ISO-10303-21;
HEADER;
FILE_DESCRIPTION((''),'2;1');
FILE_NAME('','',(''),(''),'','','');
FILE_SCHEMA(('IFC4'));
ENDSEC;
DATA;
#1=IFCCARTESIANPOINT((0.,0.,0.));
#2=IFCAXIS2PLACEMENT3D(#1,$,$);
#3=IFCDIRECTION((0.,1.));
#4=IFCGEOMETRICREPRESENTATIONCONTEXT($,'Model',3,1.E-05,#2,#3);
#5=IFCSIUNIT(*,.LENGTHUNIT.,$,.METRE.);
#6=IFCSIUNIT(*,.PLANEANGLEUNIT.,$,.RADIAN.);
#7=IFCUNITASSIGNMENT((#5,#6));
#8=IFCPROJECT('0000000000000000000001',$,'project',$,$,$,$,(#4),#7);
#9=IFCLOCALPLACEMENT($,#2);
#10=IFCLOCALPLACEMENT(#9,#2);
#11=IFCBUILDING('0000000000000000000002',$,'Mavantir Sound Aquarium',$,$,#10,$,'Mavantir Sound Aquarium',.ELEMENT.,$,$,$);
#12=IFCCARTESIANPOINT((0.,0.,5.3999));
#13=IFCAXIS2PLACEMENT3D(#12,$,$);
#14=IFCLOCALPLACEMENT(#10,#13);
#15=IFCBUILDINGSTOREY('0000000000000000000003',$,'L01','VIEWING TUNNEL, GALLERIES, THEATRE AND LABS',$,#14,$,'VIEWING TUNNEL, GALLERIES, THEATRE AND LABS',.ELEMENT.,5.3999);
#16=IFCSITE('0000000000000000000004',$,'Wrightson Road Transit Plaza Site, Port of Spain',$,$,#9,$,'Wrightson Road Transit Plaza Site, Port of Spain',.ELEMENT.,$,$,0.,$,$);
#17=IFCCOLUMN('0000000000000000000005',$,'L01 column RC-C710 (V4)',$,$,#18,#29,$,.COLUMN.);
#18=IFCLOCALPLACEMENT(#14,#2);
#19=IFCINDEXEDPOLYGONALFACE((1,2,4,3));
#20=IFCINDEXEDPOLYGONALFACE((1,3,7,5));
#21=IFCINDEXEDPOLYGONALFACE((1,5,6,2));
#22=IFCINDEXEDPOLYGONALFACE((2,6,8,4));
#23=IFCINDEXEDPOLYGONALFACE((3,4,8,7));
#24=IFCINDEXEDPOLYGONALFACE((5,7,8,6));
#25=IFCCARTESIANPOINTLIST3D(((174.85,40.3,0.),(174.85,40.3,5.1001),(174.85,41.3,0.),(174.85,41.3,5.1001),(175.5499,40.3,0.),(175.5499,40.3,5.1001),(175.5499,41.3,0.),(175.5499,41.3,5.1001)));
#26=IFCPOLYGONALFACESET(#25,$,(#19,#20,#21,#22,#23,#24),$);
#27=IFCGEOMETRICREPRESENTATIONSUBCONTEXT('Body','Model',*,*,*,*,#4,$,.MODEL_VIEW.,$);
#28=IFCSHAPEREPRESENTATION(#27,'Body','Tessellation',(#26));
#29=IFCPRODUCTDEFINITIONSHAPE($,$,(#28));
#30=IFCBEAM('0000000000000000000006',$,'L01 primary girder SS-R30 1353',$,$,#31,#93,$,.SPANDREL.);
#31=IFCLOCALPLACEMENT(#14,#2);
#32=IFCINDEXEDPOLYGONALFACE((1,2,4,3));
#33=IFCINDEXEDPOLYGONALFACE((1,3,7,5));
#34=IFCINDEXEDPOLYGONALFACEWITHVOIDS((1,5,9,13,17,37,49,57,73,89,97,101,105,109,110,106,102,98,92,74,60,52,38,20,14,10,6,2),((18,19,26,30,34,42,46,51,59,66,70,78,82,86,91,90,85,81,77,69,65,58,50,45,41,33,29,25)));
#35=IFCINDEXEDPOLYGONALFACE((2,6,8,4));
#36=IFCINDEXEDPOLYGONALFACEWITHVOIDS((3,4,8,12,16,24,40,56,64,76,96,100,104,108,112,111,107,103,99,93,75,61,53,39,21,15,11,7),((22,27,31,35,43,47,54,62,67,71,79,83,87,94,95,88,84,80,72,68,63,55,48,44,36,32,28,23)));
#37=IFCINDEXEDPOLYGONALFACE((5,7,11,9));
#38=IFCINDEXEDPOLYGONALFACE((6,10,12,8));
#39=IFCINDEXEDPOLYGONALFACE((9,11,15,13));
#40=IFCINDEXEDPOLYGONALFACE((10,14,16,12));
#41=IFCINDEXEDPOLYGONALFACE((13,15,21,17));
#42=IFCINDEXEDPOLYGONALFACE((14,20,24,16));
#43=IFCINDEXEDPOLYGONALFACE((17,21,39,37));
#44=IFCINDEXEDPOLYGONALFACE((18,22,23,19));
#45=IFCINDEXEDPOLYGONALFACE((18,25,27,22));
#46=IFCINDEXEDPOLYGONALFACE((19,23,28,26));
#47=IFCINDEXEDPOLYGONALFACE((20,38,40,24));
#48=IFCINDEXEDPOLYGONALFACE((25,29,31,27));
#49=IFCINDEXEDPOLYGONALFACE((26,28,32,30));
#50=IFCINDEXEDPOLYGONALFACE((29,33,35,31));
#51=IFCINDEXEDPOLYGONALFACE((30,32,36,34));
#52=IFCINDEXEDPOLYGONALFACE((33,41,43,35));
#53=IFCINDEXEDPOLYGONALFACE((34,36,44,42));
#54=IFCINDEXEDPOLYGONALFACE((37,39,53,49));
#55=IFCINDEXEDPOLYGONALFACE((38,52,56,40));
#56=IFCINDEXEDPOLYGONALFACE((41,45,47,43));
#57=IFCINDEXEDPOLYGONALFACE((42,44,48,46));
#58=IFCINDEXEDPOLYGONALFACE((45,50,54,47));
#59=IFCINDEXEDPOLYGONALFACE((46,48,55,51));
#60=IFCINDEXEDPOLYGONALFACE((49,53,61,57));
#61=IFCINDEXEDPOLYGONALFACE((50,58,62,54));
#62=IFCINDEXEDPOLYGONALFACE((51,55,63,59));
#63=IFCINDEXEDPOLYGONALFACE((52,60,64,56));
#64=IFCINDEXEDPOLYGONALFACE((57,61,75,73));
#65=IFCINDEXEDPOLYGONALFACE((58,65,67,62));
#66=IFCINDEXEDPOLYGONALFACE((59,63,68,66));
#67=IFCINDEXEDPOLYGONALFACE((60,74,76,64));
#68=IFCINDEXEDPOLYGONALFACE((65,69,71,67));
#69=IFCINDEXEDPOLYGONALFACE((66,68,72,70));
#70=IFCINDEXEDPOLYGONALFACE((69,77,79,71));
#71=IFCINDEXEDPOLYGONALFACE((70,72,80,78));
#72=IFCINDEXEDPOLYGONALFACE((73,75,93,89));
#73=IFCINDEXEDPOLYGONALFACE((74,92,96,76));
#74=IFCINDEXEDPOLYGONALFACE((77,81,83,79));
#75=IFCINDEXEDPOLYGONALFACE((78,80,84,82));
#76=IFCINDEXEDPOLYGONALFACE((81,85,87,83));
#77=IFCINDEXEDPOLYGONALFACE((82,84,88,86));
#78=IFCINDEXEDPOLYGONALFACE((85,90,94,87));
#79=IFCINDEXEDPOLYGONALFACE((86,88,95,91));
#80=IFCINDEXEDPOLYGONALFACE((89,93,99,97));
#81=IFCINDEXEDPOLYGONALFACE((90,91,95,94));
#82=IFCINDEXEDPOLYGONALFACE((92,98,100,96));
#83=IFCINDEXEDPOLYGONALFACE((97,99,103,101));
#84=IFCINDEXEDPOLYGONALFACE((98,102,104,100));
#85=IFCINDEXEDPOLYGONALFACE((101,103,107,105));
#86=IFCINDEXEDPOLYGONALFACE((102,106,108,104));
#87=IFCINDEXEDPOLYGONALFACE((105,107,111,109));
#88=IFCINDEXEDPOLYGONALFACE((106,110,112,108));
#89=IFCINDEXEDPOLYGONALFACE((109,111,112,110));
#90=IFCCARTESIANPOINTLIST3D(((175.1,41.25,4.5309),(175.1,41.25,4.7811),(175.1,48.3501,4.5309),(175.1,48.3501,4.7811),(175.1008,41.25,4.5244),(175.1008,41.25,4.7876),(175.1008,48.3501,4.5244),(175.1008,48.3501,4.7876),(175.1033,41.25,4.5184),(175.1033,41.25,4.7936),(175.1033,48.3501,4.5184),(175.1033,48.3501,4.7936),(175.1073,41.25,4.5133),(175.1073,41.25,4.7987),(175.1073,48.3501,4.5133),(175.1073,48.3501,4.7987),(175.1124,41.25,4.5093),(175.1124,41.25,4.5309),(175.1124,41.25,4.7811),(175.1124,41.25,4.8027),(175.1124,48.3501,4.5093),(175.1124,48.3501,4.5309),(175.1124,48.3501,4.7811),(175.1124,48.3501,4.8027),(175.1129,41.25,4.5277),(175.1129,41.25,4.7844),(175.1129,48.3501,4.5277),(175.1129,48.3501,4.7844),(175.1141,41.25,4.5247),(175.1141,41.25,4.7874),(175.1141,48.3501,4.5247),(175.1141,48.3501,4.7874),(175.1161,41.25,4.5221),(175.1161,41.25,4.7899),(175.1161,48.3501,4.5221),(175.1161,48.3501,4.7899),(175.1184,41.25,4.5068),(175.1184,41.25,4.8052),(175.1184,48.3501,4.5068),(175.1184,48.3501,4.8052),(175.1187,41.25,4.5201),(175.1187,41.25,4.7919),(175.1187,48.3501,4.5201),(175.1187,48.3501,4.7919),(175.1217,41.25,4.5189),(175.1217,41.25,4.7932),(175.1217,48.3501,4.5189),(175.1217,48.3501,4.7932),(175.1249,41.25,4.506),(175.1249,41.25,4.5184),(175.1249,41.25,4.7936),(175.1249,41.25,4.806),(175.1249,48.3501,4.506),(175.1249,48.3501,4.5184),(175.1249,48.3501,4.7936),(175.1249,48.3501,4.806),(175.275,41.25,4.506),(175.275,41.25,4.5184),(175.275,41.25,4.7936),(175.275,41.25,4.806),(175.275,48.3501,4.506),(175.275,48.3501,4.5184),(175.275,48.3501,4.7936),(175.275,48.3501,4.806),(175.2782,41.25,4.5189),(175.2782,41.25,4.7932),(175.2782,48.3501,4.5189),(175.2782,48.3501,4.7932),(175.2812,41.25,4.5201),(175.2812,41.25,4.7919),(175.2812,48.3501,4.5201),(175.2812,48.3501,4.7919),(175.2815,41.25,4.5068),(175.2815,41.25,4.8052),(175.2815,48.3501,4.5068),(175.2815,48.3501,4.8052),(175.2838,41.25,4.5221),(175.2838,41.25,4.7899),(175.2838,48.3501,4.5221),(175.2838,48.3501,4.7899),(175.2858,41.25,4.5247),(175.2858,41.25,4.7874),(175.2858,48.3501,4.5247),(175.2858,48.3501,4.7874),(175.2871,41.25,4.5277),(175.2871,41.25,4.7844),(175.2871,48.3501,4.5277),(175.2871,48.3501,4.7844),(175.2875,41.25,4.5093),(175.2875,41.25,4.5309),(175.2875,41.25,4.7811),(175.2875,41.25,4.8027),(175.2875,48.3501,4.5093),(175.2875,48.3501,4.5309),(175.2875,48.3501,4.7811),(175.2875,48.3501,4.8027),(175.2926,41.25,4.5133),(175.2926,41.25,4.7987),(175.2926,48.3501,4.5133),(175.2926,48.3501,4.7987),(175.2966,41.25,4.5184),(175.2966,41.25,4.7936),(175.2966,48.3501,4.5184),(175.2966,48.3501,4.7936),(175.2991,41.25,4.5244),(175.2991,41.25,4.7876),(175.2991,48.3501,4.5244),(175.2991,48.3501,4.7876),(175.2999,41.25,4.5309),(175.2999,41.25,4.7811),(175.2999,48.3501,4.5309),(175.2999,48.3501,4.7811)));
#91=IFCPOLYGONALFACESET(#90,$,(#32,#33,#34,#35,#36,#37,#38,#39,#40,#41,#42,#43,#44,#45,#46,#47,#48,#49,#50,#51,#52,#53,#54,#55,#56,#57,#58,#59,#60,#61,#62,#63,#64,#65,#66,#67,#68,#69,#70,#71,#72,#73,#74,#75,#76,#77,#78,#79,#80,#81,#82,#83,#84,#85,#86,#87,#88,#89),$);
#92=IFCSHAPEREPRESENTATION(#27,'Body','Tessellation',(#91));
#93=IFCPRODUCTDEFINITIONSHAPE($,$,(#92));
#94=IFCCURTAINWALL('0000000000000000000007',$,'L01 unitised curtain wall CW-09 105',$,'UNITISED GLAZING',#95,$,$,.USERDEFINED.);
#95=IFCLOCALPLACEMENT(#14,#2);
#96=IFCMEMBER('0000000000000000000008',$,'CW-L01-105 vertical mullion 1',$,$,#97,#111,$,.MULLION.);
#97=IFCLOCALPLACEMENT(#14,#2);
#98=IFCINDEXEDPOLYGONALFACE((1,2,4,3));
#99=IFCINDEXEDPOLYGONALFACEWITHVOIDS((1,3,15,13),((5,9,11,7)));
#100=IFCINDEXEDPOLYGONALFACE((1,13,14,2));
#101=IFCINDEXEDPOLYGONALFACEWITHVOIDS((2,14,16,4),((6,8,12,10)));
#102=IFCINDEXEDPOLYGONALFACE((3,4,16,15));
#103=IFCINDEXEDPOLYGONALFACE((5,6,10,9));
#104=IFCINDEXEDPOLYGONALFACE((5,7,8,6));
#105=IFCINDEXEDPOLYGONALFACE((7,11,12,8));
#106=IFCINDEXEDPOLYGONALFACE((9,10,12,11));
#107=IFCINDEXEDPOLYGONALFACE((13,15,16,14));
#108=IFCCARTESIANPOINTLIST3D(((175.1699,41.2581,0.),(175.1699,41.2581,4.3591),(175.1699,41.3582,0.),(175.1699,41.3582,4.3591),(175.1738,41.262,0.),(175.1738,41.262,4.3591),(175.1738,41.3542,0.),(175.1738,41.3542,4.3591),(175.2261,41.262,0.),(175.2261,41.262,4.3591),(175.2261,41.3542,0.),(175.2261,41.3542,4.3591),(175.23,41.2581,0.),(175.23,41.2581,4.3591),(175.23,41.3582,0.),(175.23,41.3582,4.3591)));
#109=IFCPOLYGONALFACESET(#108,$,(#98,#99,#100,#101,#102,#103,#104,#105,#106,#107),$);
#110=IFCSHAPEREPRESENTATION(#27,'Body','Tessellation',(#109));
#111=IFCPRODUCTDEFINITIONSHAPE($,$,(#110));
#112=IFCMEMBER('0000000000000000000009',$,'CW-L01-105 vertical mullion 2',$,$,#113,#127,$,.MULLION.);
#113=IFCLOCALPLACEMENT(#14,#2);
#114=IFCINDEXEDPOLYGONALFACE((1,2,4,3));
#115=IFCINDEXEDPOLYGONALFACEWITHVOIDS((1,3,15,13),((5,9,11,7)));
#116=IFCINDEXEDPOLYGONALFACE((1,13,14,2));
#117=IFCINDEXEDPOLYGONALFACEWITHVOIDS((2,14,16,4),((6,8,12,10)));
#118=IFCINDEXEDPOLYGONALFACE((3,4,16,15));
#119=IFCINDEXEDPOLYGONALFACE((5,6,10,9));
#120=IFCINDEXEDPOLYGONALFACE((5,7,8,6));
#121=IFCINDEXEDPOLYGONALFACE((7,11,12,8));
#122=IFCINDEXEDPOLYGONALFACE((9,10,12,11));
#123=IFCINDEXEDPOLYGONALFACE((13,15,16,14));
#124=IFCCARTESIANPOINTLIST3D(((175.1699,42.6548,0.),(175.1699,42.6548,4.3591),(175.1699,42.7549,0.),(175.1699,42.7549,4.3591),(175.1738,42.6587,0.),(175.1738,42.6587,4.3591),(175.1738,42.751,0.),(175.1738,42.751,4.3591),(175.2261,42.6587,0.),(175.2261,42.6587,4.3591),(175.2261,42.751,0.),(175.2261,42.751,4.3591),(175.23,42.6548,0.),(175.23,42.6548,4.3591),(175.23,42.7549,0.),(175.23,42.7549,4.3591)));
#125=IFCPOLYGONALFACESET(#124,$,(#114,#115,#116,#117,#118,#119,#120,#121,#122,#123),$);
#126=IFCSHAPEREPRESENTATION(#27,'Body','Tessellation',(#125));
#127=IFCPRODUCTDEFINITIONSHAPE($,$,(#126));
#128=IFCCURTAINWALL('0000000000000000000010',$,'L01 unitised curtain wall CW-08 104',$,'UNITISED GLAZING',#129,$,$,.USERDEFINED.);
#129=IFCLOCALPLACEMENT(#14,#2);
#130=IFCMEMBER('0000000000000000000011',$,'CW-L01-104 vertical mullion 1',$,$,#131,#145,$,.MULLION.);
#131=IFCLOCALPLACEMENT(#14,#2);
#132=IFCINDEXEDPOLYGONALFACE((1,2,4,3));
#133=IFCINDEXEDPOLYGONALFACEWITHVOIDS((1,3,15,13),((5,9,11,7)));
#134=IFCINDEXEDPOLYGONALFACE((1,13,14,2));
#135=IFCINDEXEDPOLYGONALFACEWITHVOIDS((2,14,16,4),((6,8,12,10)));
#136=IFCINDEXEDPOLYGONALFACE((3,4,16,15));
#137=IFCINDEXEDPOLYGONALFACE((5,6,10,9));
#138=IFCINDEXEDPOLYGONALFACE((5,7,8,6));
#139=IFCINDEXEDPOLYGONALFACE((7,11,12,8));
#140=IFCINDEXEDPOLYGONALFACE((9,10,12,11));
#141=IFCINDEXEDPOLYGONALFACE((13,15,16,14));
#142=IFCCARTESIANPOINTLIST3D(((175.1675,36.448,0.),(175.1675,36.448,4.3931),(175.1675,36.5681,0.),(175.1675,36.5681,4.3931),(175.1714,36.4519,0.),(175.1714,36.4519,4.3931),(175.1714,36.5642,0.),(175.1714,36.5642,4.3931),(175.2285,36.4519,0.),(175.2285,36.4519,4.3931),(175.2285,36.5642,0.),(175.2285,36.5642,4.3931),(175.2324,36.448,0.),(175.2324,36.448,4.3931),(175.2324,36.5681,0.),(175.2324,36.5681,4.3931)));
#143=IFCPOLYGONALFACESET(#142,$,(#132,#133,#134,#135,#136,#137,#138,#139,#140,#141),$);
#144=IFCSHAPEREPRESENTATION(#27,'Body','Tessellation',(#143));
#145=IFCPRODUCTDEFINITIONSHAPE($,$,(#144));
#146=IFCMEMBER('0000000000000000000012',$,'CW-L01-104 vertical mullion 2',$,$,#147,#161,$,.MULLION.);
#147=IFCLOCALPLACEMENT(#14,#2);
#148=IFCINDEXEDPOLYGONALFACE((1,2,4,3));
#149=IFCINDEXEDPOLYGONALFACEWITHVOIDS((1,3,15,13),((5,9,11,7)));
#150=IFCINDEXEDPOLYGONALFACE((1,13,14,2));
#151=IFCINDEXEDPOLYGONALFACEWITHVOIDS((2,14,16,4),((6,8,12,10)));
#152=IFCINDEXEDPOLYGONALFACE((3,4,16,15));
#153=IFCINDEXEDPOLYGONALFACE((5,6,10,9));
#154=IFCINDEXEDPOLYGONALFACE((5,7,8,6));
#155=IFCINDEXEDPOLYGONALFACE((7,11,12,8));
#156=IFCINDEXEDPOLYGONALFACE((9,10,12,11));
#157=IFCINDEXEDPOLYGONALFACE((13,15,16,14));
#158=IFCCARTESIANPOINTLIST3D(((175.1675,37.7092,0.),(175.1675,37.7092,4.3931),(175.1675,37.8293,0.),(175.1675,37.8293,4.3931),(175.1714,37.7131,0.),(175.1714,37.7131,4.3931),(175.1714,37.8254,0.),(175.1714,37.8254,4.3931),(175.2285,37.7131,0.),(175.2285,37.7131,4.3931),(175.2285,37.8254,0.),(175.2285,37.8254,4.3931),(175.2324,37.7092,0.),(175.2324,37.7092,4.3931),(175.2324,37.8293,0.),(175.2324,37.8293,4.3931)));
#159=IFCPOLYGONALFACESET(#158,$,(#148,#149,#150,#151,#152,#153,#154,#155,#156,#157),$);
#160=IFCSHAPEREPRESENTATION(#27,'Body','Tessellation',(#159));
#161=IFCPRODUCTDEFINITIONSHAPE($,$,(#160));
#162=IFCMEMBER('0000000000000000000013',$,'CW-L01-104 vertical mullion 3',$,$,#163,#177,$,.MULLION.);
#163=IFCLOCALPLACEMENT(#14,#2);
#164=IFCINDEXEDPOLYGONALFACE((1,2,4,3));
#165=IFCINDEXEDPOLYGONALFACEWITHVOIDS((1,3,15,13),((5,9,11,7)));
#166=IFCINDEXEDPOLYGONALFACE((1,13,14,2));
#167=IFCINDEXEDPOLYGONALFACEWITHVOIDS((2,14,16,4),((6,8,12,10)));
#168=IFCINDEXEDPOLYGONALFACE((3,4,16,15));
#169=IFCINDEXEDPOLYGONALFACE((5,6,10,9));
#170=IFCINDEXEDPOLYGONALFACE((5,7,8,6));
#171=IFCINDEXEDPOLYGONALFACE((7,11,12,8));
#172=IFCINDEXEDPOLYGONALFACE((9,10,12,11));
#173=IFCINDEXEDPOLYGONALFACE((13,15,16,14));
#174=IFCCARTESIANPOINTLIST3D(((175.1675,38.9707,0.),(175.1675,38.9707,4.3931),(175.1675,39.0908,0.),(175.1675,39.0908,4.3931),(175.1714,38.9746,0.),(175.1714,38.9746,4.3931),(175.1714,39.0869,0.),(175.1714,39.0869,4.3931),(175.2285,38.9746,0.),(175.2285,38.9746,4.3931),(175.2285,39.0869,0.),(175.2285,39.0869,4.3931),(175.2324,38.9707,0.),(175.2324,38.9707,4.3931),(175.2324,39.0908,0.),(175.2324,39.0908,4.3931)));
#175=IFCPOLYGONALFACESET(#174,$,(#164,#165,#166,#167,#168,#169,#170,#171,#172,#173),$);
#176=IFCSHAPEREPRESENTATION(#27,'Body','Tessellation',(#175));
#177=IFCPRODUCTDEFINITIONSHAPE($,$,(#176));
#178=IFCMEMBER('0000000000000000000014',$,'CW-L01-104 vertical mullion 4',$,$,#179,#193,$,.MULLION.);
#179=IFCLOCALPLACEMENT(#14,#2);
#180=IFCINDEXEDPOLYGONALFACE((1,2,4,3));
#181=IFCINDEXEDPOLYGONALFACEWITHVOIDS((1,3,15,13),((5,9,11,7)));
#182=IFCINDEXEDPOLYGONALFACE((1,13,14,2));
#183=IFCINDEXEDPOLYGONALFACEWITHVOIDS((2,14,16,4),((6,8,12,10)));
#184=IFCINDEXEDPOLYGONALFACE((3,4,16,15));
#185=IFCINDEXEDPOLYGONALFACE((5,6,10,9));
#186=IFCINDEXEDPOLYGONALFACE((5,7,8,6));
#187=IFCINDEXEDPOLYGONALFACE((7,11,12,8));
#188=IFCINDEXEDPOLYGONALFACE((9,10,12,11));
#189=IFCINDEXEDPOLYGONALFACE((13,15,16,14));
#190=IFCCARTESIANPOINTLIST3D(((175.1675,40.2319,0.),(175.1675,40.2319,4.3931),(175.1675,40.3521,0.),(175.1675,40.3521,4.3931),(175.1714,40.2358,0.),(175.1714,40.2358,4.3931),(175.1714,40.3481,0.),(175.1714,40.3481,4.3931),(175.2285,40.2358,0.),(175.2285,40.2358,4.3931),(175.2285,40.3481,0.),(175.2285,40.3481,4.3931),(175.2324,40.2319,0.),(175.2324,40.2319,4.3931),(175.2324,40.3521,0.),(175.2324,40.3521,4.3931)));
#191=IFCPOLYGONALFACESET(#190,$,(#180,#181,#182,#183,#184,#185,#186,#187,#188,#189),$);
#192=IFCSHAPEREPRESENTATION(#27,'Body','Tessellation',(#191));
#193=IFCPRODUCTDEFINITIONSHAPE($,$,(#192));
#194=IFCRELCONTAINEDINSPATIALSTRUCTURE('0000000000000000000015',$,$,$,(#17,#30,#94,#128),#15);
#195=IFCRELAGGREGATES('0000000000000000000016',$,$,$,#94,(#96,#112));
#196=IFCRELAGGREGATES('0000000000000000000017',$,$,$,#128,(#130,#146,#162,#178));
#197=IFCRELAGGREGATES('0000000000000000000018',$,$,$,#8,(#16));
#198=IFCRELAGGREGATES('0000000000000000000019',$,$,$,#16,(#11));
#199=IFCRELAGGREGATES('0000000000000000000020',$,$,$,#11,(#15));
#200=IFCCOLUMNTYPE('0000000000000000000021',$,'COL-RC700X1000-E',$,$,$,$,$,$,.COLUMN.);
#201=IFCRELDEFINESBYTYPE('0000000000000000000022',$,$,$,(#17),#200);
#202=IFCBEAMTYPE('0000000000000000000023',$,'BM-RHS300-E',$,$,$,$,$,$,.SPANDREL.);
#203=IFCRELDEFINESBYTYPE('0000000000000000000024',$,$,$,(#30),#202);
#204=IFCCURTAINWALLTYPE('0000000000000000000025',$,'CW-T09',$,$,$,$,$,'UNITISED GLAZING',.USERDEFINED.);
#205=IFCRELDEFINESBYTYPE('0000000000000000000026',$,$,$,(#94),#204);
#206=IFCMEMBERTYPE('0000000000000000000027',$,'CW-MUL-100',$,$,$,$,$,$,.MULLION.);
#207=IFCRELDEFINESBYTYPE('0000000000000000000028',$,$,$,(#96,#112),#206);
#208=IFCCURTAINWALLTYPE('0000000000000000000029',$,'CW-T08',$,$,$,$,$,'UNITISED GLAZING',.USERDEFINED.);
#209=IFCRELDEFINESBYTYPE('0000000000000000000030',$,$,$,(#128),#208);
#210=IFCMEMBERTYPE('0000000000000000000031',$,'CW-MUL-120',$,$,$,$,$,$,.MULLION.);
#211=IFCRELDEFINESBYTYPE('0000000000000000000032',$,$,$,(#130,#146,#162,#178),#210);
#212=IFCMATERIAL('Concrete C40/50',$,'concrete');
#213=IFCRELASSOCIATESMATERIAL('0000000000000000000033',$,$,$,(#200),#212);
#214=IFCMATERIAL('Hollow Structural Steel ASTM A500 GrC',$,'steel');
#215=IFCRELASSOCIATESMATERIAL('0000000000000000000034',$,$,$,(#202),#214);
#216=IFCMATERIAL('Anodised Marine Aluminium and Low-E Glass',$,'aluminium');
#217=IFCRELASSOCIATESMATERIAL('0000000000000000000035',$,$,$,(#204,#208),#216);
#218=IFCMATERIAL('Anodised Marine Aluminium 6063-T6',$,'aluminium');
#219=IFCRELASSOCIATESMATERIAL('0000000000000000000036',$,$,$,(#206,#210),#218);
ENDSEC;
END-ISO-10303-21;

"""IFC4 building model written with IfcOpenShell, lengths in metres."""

from ifc_helpers import new_model, si_unit, direction, frame, origin, origin_2d, place, context, subcontext, project, spatial, rectangle, hollow_rectangle, extrude, material, material_profile, profile_set, type_object, element, aggregate, save


model = new_model("IFC4")

# Units and contexts
model_context = context("Model", 3, precision=1e-05, world=origin(), true_north=direction((0.0, 1.0)))
body_context = subcontext(model_context, "Body", "Model", "MODEL_VIEW")
ifc_project = project(units=[si_unit("LENGTHUNIT", "METRE"), si_unit("PLANEANGLEUNIT", "RADIAN")], contexts=[model_context])

# Site, building, storey
site_placement = place(None, origin())
site = spatial("IfcSite", under=ifc_project, at=site_placement, Name="Wrightson Road Transit Plaza Site, Port of Spain", LongName="Wrightson Road Transit Plaza Site, Port of Spain", CompositionType="ELEMENT", RefElevation=0.0)
building_placement = place(site_placement, origin())
building = spatial("IfcBuilding", under=site, at=building_placement, Name="Mavantir Sound Aquarium", LongName="Mavantir Sound Aquarium", CompositionType="ELEMENT")
storey_placement = place(building_placement, frame((0.0, 0.0, 5.3999)))
storey = spatial("IfcBuildingStorey", under=building, at=storey_placement, Name="L01", Description="VIEWING TUNNEL, GALLERIES, THEATRE AND LABS", LongName="VIEWING TUNNEL, GALLERIES, THEATRE AND LABS", CompositionType="ELEMENT", Elevation=5.3999)

# Column
ifc_material_1 = material(Name="Concrete C40/50", Category="concrete")
ifc_material_profile_1 = material_profile(ifc_material_1, rectangle(XDim=0.7, YDim=1.0, at=origin_2d()), Name="RC 700X1000")
ifc_profile_set_1 = profile_set([ifc_material_profile_1], Name="Concrete C40/50")
column_type = type_object("IfcColumnType", Name="COL-RC700X1000-E", PredefinedType="COLUMN", material=ifc_profile_set_1)
column_placement = place(storey_placement, frame((175.2, 40.8, 0.0), z_axis=(0.0, 0.0, 1.0), x_axis=(1.0, 0.0, 0.0)))
element("IfcColumn", 1, at=column_placement, inside=storey, type_object=column_type, Name="L01 column RC-C710 (V4)", PredefinedType="COLUMN", context=body_context, shape_type="SweptSolid", body=[
    extrude(rectangle(XDim=0.7, YDim=1.0, at=origin_2d()), origin(), (0.0, 0.0, 1.0), 5.1001),
])

# Beam
ifc_material_2 = material(Name="Hollow Structural Steel ASTM A500 GrC", Category="steel")
ifc_material_profile_2 = material_profile(ifc_material_2, hollow_rectangle(XDim=0.2, YDim=0.3, WallThickness=0.0125, InnerFilletRadius=0.0125, OuterFilletRadius=0.0249, at=origin_2d()), Name="RHS 300X200X12.5")
ifc_profile_set_2 = profile_set([ifc_material_profile_2], Name="Hollow Structural Steel ASTM A500 GrC")
beam_type = type_object("IfcBeamType", Name="BM-RHS300-E", PredefinedType="SPANDREL", material=ifc_profile_set_2)
beam_placement = place(storey_placement, frame((175.2, 41.25, 4.656), z_axis=(0.0, 1.0, 0.0), x_axis=(-1.0, 0.0, 0.0)))
element("IfcBeam", 2, at=beam_placement, inside=storey, type_object=beam_type, Name="L01 primary girder SS-R30 1353", PredefinedType="SPANDREL", context=body_context, shape_type="SweptSolid", body=[
    extrude(hollow_rectangle(XDim=0.2, YDim=0.3, WallThickness=0.0125, InnerFilletRadius=0.0125, OuterFilletRadius=0.0249, at=origin_2d()), origin(), (0.0, 0.0, 1.0), 7.1001),
])

# Curtain walls, members
ifc_material_3 = material(Name="Anodised Marine Aluminium and Low-E Glass", Category="aluminium")
curtain_wall_type_1 = type_object("IfcCurtainWallType", Name="CW-T09", ElementType="UNITISED GLAZING", PredefinedType="USERDEFINED", material=ifc_material_3)
curtain_wall_1_placement = place(storey_placement, origin())
curtain_wall_1 = element("IfcCurtainWall", 3, at=curtain_wall_1_placement, inside=storey, type_object=curtain_wall_type_1, Name="L01 unitised curtain wall CW-09 105", ObjectType="UNITISED GLAZING", PredefinedType="USERDEFINED")
ifc_material_4 = material(Name="Anodised Marine Aluminium 6063-T6", Category="aluminium")
ifc_material_profile_3 = material_profile(ifc_material_4, hollow_rectangle(XDim=0.0601, YDim=0.1001, WallThickness=0.0039, at=origin_2d()), Name="ALU-MULLION-100X60")
ifc_profile_set_3 = profile_set([ifc_material_profile_3], Name="Anodised Marine Aluminium 6063-T6")
member_type_1 = type_object("IfcMemberType", Name="CW-MUL-100", PredefinedType="MULLION", material=ifc_profile_set_3)
member_1_placement = place(storey_placement, frame((175.2, 41.3081, 0.0), z_axis=(0.0, 0.0, 1.0), x_axis=(1.0, 0.0, 0.0)))
member_1 = element("IfcMember", 4, at=member_1_placement, type_object=member_type_1, Name="CW-L01-105 vertical mullion 1", PredefinedType="MULLION", context=body_context, shape_type="SweptSolid", body=[
    extrude(hollow_rectangle(XDim=0.0601, YDim=0.1001, WallThickness=0.0039, at=origin_2d()), origin(), (0.0, 0.0, 1.0), 4.3591),
])
member_2_placement = place(storey_placement, frame((175.2, 42.7048, 0.0), z_axis=(0.0, 0.0, 1.0), x_axis=(1.0, 0.0, 0.0)))
member_2 = element("IfcMember", 5, at=member_2_placement, type_object=member_type_1, Name="CW-L01-105 vertical mullion 2", PredefinedType="MULLION", context=body_context, shape_type="SweptSolid", body=[
    extrude(hollow_rectangle(XDim=0.0601, YDim=0.1001, WallThickness=0.0039, at=origin_2d()), origin(), (0.0, 0.0, 1.0), 4.3591),
])
curtain_wall_type_2 = type_object("IfcCurtainWallType", Name="CW-T08", ElementType="UNITISED GLAZING", PredefinedType="USERDEFINED", material=ifc_material_3)
curtain_wall_2_placement = place(storey_placement, origin())
curtain_wall_2 = element("IfcCurtainWall", 6, at=curtain_wall_2_placement, inside=storey, type_object=curtain_wall_type_2, Name="L01 unitised curtain wall CW-08 104", ObjectType="UNITISED GLAZING", PredefinedType="USERDEFINED")
ifc_material_profile_4 = material_profile(ifc_material_4, hollow_rectangle(XDim=0.0649, YDim=0.1201, WallThickness=0.0039, at=origin_2d()), Name="ALU-MULLION-120X65")
ifc_profile_set_4 = profile_set([ifc_material_profile_4], Name="Anodised Marine Aluminium 6063-T6")
member_type_2 = type_object("IfcMemberType", Name="CW-MUL-120", PredefinedType="MULLION", material=ifc_profile_set_4)
member_3_placement = place(storey_placement, frame((175.2, 36.5081, 0.0), z_axis=(0.0, 0.0, 1.0), x_axis=(1.0, 0.0, 0.0)))
member_3 = element("IfcMember", 7, at=member_3_placement, type_object=member_type_2, Name="CW-L01-104 vertical mullion 1", PredefinedType="MULLION", context=body_context, shape_type="SweptSolid", body=[
    extrude(hollow_rectangle(XDim=0.0649, YDim=0.1201, WallThickness=0.0039, at=origin_2d()), origin(), (0.0, 0.0, 1.0), 4.3931),
])
member_4_placement = place(storey_placement, frame((175.2, 37.7693, 0.0), z_axis=(0.0, 0.0, 1.0), x_axis=(1.0, 0.0, 0.0)))
member_4 = element("IfcMember", 8, at=member_4_placement, type_object=member_type_2, Name="CW-L01-104 vertical mullion 2", PredefinedType="MULLION", context=body_context, shape_type="SweptSolid", body=[
    extrude(hollow_rectangle(XDim=0.0649, YDim=0.1201, WallThickness=0.0039, at=origin_2d()), origin(), (0.0, 0.0, 1.0), 4.3931),
])
member_5_placement = place(storey_placement, frame((175.2, 39.0308, 0.0), z_axis=(0.0, 0.0, 1.0), x_axis=(1.0, 0.0, 0.0)))
member_5 = element("IfcMember", 9, at=member_5_placement, type_object=member_type_2, Name="CW-L01-104 vertical mullion 3", PredefinedType="MULLION", context=body_context, shape_type="SweptSolid", body=[
    extrude(hollow_rectangle(XDim=0.0649, YDim=0.1201, WallThickness=0.0039, at=origin_2d()), origin(), (0.0, 0.0, 1.0), 4.3931),
])
member_6_placement = place(storey_placement, frame((175.2, 40.292, 0.0), z_axis=(0.0, 0.0, 1.0), x_axis=(1.0, 0.0, 0.0)))
member_6 = element("IfcMember", 10, at=member_6_placement, type_object=member_type_2, Name="CW-L01-104 vertical mullion 4", PredefinedType="MULLION", context=body_context, shape_type="SweptSolid", body=[
    extrude(hollow_rectangle(XDim=0.0649, YDim=0.1201, WallThickness=0.0039, at=origin_2d()), origin(), (0.0, 0.0, 1.0), 4.3931),
])

aggregate(curtain_wall_1, [member_1, member_2])
aggregate(curtain_wall_2, [member_3, member_4, member_5, member_6])

save(model, "model.ifc")
